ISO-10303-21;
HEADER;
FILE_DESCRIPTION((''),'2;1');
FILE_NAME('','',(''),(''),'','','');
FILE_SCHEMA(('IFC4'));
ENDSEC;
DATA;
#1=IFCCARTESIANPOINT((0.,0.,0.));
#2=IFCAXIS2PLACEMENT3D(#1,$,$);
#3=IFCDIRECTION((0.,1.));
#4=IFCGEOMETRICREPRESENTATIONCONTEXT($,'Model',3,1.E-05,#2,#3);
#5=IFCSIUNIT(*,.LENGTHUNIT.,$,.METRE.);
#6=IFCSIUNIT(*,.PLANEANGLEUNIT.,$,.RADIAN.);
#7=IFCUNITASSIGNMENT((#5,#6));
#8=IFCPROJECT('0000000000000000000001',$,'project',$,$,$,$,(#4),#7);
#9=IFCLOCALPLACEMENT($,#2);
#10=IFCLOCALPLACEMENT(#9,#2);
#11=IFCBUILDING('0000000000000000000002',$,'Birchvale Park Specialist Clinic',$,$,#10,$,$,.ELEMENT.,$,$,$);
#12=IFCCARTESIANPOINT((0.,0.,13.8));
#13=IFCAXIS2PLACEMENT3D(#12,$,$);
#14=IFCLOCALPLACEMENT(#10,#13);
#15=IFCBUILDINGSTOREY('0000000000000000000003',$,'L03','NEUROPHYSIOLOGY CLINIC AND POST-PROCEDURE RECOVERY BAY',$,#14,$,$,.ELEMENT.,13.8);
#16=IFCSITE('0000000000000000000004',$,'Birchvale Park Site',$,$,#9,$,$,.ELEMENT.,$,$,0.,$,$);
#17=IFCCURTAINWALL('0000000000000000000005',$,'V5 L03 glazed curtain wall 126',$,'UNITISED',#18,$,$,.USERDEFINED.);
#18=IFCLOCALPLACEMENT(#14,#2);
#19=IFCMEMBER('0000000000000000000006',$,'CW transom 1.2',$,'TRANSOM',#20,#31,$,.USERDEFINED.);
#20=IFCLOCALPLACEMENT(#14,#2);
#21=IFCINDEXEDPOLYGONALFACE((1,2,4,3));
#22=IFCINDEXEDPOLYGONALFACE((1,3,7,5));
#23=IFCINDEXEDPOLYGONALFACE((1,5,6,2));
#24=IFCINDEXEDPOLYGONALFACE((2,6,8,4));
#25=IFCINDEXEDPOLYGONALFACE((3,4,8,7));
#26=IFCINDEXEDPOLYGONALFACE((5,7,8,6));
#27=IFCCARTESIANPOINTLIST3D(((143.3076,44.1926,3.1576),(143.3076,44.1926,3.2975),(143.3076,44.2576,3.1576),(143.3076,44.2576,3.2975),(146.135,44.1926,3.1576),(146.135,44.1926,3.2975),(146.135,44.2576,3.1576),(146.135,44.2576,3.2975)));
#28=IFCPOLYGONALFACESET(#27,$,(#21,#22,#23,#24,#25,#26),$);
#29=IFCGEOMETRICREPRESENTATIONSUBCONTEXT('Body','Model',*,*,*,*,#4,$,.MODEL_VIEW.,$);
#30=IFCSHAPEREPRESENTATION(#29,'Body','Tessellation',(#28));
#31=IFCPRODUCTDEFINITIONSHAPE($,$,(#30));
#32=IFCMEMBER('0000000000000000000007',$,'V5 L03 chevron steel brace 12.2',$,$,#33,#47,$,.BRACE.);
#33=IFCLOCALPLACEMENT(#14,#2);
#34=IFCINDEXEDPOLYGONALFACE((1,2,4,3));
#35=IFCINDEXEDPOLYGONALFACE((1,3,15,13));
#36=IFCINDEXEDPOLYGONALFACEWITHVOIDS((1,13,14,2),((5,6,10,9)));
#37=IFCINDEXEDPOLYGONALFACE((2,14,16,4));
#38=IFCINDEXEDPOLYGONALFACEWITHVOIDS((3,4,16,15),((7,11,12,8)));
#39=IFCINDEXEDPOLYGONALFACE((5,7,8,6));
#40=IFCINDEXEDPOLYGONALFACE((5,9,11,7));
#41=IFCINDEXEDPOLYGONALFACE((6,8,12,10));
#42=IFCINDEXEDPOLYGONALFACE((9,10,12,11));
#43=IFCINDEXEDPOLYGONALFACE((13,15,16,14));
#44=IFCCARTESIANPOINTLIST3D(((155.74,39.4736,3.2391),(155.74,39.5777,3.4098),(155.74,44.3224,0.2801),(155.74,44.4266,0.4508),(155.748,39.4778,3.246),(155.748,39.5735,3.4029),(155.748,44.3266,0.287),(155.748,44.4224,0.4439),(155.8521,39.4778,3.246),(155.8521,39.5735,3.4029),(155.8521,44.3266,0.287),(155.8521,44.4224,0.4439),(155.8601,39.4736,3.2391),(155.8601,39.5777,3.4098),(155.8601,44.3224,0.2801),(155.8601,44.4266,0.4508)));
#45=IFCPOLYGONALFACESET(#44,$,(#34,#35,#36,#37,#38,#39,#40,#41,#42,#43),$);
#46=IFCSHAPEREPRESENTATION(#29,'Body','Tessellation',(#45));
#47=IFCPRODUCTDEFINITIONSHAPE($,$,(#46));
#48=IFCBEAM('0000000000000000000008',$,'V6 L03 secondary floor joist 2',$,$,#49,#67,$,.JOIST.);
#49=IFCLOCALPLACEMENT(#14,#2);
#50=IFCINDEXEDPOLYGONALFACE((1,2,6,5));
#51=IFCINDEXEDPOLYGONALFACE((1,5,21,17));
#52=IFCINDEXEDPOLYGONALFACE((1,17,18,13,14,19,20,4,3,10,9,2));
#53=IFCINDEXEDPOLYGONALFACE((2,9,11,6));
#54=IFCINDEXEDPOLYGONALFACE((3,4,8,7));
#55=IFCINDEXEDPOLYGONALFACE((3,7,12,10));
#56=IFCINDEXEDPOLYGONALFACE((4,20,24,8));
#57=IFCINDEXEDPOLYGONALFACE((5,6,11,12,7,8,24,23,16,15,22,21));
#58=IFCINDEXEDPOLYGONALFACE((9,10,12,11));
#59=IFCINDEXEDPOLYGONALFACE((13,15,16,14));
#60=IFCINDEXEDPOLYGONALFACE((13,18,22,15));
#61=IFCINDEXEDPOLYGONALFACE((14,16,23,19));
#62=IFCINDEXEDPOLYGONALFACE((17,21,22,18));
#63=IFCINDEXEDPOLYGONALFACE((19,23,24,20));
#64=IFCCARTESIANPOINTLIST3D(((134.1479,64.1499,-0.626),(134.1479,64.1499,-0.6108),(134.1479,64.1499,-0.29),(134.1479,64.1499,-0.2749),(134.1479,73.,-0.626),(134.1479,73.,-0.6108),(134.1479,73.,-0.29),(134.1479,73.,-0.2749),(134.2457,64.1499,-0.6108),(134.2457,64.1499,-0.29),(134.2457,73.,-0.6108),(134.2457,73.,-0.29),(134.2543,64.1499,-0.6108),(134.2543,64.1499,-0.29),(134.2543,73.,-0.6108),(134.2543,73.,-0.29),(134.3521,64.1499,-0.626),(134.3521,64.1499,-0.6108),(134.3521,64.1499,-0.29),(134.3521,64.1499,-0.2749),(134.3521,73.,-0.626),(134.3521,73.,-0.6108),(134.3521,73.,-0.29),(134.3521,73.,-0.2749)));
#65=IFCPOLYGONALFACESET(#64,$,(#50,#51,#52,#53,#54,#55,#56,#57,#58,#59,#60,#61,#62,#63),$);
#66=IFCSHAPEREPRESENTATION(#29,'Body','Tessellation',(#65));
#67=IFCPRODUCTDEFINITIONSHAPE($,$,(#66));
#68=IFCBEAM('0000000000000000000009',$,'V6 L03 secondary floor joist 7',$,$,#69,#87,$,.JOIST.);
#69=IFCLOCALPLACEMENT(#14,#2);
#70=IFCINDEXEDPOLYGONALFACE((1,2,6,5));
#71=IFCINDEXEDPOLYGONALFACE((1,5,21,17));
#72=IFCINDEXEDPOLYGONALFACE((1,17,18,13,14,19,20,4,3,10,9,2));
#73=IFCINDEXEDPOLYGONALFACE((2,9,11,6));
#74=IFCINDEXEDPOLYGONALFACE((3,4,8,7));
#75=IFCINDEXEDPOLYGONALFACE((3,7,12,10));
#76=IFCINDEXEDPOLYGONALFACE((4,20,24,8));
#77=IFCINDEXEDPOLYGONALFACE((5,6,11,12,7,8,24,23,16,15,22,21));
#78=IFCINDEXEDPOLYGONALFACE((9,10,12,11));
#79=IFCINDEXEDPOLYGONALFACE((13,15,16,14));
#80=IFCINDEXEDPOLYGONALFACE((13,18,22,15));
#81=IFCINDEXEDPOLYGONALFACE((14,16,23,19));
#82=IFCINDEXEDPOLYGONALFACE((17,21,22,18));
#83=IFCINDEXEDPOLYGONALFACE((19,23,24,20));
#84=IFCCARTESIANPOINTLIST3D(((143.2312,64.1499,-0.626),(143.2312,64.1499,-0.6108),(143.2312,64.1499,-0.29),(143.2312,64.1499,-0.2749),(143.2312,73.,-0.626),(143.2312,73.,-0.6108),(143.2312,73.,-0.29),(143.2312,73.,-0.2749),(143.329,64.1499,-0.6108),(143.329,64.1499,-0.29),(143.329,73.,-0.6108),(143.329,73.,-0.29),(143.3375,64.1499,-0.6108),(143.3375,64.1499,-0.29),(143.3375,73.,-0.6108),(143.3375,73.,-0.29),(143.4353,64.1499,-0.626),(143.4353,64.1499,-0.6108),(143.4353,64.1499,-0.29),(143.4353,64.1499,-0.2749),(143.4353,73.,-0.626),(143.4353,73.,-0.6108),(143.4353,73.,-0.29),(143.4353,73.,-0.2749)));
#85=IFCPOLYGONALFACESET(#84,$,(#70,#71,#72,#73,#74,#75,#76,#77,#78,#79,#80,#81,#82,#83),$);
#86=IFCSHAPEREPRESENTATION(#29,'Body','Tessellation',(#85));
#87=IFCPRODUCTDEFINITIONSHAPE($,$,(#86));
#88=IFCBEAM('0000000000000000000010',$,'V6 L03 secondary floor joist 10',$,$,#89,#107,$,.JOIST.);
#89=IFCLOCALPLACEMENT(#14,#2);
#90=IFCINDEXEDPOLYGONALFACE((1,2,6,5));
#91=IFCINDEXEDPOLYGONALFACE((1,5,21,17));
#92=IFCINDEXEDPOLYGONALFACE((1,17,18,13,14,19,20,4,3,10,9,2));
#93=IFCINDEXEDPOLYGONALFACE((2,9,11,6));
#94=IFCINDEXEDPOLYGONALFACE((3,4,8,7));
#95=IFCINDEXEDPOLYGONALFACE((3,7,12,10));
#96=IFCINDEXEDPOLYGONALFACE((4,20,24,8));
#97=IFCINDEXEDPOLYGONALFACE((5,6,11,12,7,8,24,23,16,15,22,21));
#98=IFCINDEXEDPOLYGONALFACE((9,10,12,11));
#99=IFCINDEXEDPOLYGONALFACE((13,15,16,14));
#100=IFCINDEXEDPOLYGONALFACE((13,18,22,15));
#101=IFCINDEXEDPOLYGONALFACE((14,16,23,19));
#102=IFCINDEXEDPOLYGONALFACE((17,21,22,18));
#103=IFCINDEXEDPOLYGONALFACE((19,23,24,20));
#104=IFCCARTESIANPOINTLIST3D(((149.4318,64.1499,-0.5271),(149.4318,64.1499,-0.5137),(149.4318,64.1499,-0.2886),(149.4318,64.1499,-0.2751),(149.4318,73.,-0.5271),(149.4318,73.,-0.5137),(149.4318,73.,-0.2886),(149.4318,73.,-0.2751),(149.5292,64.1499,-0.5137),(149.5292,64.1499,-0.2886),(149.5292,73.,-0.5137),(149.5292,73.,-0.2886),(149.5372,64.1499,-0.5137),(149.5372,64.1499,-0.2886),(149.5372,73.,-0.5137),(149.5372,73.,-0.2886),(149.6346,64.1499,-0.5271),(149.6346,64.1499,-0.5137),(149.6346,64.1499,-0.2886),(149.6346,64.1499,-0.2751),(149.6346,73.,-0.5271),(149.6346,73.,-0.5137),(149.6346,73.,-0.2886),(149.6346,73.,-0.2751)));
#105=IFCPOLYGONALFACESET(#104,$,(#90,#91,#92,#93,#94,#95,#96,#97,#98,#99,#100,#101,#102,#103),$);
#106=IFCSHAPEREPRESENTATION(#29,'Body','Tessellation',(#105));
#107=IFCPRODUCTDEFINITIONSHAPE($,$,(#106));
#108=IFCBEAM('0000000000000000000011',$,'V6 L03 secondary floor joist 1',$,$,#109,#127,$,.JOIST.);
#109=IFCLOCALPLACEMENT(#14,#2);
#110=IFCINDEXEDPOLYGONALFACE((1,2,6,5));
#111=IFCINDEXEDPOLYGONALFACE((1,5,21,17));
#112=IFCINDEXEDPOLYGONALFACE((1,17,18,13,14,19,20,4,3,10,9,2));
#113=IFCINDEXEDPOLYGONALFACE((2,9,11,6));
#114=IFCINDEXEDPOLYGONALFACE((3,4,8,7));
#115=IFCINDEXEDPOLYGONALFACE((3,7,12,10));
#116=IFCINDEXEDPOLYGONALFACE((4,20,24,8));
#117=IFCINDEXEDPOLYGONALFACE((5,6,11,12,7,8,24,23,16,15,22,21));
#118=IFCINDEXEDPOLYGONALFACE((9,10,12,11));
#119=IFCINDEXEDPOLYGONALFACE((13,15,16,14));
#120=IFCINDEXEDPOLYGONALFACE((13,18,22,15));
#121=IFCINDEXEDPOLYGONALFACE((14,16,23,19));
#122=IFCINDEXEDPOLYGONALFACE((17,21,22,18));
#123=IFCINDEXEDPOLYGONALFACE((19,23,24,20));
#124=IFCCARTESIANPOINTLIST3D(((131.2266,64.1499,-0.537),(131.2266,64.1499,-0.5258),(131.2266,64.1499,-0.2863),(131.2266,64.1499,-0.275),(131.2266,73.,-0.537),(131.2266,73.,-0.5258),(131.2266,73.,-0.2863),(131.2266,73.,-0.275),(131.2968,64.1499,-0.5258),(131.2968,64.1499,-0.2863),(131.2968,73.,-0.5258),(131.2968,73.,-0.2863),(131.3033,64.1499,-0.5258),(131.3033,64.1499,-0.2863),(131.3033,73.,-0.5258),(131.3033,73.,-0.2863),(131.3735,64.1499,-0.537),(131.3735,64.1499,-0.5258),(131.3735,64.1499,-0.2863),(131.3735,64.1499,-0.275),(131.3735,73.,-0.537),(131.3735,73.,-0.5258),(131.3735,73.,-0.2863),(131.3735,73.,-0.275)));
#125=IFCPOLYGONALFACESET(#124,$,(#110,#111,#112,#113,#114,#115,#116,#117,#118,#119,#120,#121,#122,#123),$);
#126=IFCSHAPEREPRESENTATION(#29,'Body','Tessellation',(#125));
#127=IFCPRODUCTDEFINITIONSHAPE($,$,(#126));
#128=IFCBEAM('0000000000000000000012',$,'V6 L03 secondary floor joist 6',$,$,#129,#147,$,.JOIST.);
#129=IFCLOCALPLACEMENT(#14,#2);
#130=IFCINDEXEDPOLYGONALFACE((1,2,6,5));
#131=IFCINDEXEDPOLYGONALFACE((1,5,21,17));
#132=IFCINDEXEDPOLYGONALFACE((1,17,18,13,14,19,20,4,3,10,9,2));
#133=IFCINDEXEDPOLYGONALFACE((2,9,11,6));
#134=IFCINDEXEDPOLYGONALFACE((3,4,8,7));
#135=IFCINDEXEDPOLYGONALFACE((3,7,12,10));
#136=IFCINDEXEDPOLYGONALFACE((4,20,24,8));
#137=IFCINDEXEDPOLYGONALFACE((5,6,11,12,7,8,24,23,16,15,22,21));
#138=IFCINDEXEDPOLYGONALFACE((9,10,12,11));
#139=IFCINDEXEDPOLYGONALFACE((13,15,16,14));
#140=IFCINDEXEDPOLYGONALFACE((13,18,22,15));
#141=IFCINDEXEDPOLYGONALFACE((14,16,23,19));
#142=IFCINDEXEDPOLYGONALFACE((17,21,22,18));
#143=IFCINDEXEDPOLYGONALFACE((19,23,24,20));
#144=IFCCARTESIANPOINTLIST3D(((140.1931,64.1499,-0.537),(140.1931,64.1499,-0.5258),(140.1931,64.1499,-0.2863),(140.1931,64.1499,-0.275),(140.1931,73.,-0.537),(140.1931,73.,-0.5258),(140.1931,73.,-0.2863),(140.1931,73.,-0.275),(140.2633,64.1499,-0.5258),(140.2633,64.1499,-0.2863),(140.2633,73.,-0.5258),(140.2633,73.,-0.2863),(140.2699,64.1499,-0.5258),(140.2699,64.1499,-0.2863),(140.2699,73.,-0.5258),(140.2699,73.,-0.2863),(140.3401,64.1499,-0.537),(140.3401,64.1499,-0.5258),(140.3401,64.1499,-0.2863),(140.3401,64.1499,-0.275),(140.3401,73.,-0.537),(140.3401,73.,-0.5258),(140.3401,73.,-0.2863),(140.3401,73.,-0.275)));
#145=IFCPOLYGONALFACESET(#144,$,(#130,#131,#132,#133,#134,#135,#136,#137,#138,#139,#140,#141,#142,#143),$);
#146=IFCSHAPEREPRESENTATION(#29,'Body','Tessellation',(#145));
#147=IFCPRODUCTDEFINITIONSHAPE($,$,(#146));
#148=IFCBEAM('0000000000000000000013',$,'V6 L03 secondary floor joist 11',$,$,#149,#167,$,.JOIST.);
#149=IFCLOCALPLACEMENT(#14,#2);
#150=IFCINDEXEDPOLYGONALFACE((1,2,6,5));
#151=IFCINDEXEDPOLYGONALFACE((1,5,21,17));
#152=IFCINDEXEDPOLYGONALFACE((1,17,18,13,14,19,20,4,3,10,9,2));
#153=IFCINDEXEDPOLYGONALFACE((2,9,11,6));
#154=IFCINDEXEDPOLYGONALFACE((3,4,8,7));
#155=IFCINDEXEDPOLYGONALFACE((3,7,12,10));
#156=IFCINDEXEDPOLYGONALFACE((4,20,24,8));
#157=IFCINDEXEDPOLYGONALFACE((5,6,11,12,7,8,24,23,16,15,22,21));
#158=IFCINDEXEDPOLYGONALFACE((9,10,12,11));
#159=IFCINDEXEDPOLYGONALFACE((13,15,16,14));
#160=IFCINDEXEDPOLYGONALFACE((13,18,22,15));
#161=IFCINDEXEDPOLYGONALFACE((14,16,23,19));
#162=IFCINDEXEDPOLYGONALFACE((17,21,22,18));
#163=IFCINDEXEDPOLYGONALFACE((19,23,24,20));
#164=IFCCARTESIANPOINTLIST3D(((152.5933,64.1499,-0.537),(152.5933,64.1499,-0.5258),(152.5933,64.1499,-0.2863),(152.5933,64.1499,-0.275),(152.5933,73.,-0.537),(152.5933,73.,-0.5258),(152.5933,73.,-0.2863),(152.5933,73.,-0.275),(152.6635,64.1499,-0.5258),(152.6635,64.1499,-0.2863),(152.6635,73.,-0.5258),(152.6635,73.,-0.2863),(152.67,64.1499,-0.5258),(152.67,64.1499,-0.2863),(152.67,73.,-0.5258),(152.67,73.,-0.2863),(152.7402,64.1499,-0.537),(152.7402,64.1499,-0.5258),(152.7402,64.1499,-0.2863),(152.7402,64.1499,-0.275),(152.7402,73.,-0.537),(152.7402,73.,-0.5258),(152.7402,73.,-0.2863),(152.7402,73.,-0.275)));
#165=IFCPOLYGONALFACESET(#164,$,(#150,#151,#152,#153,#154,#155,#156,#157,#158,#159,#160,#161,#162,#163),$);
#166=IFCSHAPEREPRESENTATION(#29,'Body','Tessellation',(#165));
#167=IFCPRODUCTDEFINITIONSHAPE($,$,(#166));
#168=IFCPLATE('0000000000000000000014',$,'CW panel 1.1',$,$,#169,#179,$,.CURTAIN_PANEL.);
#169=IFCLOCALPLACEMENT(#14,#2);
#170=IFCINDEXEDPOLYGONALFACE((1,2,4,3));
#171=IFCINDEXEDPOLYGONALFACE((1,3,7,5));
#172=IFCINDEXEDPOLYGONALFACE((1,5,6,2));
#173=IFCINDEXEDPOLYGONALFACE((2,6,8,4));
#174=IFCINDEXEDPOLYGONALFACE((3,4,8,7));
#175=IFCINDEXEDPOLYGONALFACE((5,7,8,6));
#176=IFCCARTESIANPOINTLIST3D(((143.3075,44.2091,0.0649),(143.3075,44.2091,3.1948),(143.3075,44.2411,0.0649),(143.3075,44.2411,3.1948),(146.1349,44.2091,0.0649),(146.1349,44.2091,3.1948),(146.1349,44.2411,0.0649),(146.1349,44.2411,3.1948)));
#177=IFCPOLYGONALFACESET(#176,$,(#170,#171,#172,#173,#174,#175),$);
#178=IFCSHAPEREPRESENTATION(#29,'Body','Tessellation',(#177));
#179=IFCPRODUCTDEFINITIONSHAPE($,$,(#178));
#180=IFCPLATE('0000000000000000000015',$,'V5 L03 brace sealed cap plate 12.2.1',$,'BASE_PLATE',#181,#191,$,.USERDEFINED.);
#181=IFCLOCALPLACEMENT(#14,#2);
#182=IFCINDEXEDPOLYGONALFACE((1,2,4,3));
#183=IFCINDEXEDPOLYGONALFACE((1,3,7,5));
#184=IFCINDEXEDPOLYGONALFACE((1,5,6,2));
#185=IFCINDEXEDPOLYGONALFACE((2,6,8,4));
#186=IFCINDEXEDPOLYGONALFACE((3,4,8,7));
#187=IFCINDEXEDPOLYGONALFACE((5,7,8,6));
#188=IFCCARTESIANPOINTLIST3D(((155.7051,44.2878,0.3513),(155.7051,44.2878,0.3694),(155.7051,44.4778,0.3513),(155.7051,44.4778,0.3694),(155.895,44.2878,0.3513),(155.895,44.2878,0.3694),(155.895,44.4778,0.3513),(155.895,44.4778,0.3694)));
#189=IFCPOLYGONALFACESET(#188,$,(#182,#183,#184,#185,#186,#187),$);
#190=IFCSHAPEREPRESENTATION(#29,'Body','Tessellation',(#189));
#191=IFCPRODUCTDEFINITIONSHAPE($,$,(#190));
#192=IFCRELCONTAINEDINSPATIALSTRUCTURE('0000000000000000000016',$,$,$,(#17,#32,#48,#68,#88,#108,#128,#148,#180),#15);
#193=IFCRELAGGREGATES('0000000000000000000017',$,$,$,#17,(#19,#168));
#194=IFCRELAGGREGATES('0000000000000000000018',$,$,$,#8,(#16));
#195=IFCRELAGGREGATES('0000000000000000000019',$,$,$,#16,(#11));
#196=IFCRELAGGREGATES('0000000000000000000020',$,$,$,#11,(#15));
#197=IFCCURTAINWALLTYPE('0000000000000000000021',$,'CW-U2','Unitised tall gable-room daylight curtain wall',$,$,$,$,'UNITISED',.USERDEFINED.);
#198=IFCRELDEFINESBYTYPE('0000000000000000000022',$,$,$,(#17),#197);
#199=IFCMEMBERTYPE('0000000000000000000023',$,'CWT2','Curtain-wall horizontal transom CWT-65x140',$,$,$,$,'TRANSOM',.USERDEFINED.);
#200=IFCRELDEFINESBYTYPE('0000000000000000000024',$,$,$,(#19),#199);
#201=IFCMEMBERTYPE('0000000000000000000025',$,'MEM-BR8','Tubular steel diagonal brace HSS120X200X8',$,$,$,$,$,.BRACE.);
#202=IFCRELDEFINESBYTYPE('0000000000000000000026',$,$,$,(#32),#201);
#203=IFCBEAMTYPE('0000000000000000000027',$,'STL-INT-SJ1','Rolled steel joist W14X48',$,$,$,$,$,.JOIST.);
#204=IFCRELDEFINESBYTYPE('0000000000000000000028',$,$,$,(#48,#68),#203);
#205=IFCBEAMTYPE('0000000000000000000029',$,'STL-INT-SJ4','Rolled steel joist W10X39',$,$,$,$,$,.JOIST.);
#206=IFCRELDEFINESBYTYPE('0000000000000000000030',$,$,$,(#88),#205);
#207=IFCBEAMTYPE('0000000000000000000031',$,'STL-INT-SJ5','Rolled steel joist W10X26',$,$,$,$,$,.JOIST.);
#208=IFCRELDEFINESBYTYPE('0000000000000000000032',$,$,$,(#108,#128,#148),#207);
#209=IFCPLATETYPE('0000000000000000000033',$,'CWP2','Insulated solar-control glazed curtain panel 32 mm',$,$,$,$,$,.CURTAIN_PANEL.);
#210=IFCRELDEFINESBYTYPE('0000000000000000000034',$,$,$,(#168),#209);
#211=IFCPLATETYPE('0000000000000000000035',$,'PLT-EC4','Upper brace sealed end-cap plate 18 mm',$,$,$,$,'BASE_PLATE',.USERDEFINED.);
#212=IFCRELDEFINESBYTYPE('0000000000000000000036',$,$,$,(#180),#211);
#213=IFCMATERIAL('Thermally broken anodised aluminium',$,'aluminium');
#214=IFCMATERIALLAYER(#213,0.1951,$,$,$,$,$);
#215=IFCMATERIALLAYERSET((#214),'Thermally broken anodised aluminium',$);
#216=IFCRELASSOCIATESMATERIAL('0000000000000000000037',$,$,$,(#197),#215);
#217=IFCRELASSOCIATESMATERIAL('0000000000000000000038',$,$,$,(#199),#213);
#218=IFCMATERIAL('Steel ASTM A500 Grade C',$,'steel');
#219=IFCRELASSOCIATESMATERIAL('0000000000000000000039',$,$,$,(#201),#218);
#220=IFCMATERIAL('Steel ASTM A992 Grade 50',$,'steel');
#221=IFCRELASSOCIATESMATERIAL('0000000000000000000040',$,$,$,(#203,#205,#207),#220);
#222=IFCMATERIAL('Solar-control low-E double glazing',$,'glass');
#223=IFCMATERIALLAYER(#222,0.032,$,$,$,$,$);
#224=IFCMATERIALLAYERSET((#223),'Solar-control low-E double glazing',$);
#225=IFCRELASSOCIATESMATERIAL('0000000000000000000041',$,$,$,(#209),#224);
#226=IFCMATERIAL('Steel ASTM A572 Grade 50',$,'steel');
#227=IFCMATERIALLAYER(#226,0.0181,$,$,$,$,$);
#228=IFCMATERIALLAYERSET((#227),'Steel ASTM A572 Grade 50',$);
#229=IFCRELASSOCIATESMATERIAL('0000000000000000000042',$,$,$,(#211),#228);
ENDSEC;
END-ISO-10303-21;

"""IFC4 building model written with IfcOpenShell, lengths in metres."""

from ifc_helpers import new_model, si_unit, direction, frame, origin, origin_2d, place, context, subcontext, project, spatial, rectangle, hollow_rectangle, i_section, extrude, material, layer, layer_set, material_profile, profile_set, type_object, element, aggregate, save


model = new_model("IFC4")

# Units and contexts
model_context = context("Model", 3, precision=1e-05, world=origin(), true_north=direction((0.0, 1.0)))
body_context = subcontext(model_context, "Body", "Model", "MODEL_VIEW")
ifc_project = project(units=[si_unit("LENGTHUNIT", "METRE"), si_unit("PLANEANGLEUNIT", "RADIAN")], contexts=[model_context])

# Site, building, storey
site_placement = place(None, origin())
site = spatial("IfcSite", under=ifc_project, at=site_placement, Name="Birchvale Park Site", CompositionType="ELEMENT", RefElevation=0.0)
building_placement = place(site_placement, origin())
building = spatial("IfcBuilding", under=site, at=building_placement, Name="Birchvale Park Specialist Clinic", CompositionType="ELEMENT")
storey_placement = place(building_placement, frame((0.0, 0.0, 13.8)))
storey = spatial("IfcBuildingStorey", under=building, at=storey_placement, Name="L03", Description="NEUROPHYSIOLOGY CLINIC AND POST-PROCEDURE RECOVERY BAY", CompositionType="ELEMENT", Elevation=13.8)

# Curtain wall, member
ifc_material_1 = material(Name="Thermally broken anodised aluminium", Category="aluminium")
ifc_layer_1 = layer(ifc_material_1, 0.1951)
ifc_layer_set_1 = layer_set([ifc_layer_1], Name="Thermally broken anodised aluminium")
curtain_wall_type = type_object("IfcCurtainWallType", Name="CW-U2", Description="Unitised tall gable-room daylight curtain wall", ElementType="UNITISED", PredefinedType="USERDEFINED", material=ifc_layer_set_1)
curtain_wall_placement = place(storey_placement, origin())
curtain_wall = element("IfcCurtainWall", 1, at=curtain_wall_placement, inside=storey, type_object=curtain_wall_type, Name="V5 L03 glazed curtain wall 126", ObjectType="UNITISED", PredefinedType="USERDEFINED")
ifc_material_profile_1 = material_profile(ifc_material_1, rectangle(XDim=0.0649, YDim=0.1399, at=origin_2d()), Name="CWT-65x140")
ifc_profile_set_1 = profile_set([ifc_material_profile_1], Name="Thermally broken anodised aluminium")
member_type_1 = type_object("IfcMemberType", Name="CWT2", Description="Curtain-wall horizontal transom CWT-65x140", ElementType="TRANSOM", PredefinedType="USERDEFINED", material=ifc_profile_set_1)
member_1_placement = place(storey_placement, frame((146.135, 44.2251, 3.2275), z_axis=(-1.0, 0.0, 0.0), x_axis=(0.0, -1.0, 0.0)))
member_1 = element("IfcMember", 2, at=member_1_placement, type_object=member_type_1, Name="CW transom 1.2", ObjectType="TRANSOM", PredefinedType="USERDEFINED", context=body_context, shape_type="SweptSolid", body=[
    extrude(rectangle(XDim=0.0649, YDim=0.1399, at=origin_2d()), origin(), (0.0, 0.0, 1.0), 2.8274),
])

# Member
ifc_material_2 = material(Name="Steel ASTM A500 Grade C", Category="steel")
ifc_material_profile_2 = material_profile(ifc_material_2, hollow_rectangle(XDim=0.1201, YDim=0.2, WallThickness=0.0081, at=origin_2d()), Name="HSS120X200X8")
ifc_profile_set_2 = profile_set([ifc_material_profile_2], Name="Steel ASTM A500 Grade C")
member_type_2 = type_object("IfcMemberType", Name="MEM-BR8", Description="Tubular steel diagonal brace HSS120X200X8", PredefinedType="BRACE", material=ifc_profile_set_2)
member_2_placement = place(storey_placement, frame((155.8, 44.3745, 0.3655), z_axis=(0.0, -0.853612, 0.520909), x_axis=(1.0, 0.0, 0.0)))
element("IfcMember", 3, at=member_2_placement, inside=storey, type_object=member_type_2, Name="V5 L03 chevron steel brace 12.2", PredefinedType="BRACE", context=body_context, shape_type="SweptSolid", body=[
    extrude(hollow_rectangle(XDim=0.1201, YDim=0.2, WallThickness=0.0081, at=origin_2d()), origin(), (0.0, 0.0, 1.0), 5.6804),
])

# Beams
ifc_material_3 = material(Name="Steel ASTM A992 Grade 50", Category="steel")
ifc_material_profile_3 = material_profile(ifc_material_3, i_section(OverallWidth=0.2041, OverallDepth=0.3511, WebThickness=0.0085, FlangeThickness=0.0151, at=origin_2d()), Name="W14X48")
ifc_profile_set_3 = profile_set([ifc_material_profile_3], Name="Steel ASTM A992 Grade 50")
beam_type_1 = type_object("IfcBeamType", Name="STL-INT-SJ1", Description="Rolled steel joist W14X48", PredefinedType="JOIST", material=ifc_profile_set_3)
for number, where, z_axis, x_axis, name in (
    (4, (134.25, 64.1499, -0.4504), (0.0, 1.0, 0.0), (-1.0, 0.0, 0.0), "V6 L03 secondary floor joist 2"),
    (5, (143.3333, 64.1499, -0.4504), (0.0, 1.0, 0.0), (-1.0, 0.0, 0.0), "V6 L03 secondary floor joist 7"),
):
    element("IfcBeam", number, at=place(storey_placement, frame(where, z_axis=z_axis, x_axis=x_axis)), inside=storey, type_object=beam_type_1, Name=name, PredefinedType="JOIST", context=body_context, shape_type="SweptSolid", body=[
        extrude(i_section(OverallWidth=0.2041, OverallDepth=0.3511, WebThickness=0.0085, FlangeThickness=0.0151, at=origin_2d()), origin(), (0.0, 0.0, 1.0), 8.8501),
    ])
ifc_material_profile_4 = material_profile(ifc_material_3, i_section(OverallWidth=0.2029, OverallDepth=0.252, WebThickness=0.0081, FlangeThickness=0.0134, at=origin_2d()), Name="W10X39")
ifc_profile_set_4 = profile_set([ifc_material_profile_4], Name="Steel ASTM A992 Grade 50")
beam_type_2 = type_object("IfcBeamType", Name="STL-INT-SJ4", Description="Rolled steel joist W10X39", PredefinedType="JOIST", material=ifc_profile_set_4)
beam_1_placement = place(storey_placement, frame((149.5332, 64.1499, -0.4011), z_axis=(0.0, 1.0, 0.0), x_axis=(-1.0, 0.0, 0.0)))
element("IfcBeam", 6, at=beam_1_placement, inside=storey, type_object=beam_type_2, Name="V6 L03 secondary floor joist 10", PredefinedType="JOIST", context=body_context, shape_type="SweptSolid", body=[
    extrude(i_section(OverallWidth=0.2029, OverallDepth=0.252, WebThickness=0.0081, FlangeThickness=0.0134, at=origin_2d()), origin(), (0.0, 0.0, 1.0), 8.8501),
])
ifc_material_profile_5 = material_profile(ifc_material_3, i_section(OverallWidth=0.147, OverallDepth=0.262, WebThickness=0.0066, FlangeThickness=0.0112, at=origin_2d()), Name="W10X26")
ifc_profile_set_5 = profile_set([ifc_material_profile_5], Name="Steel ASTM A992 Grade 50")
beam_type_3 = type_object("IfcBeamType", Name="STL-INT-SJ5", Description="Rolled steel joist W10X26", PredefinedType="JOIST", material=ifc_profile_set_5)
for number, where, z_axis, x_axis, name in (
    (7, (131.3, 64.1499, -0.406), (0.0, 1.0, 0.0), (-1.0, 0.0, 0.0), "V6 L03 secondary floor joist 1"),
    (8, (140.2666, 64.1499, -0.406), (0.0, 1.0, 0.0), (-1.0, 0.0, 0.0), "V6 L03 secondary floor joist 6"),
    (9, (152.6667, 64.1499, -0.406), (0.0, 1.0, 0.0), (-1.0, 0.0, 0.0), "V6 L03 secondary floor joist 11"),
):
    element("IfcBeam", number, at=place(storey_placement, frame(where, z_axis=z_axis, x_axis=x_axis)), inside=storey, type_object=beam_type_3, Name=name, PredefinedType="JOIST", context=body_context, shape_type="SweptSolid", body=[
        extrude(i_section(OverallWidth=0.147, OverallDepth=0.262, WebThickness=0.0066, FlangeThickness=0.0112, at=origin_2d()), origin(), (0.0, 0.0, 1.0), 8.8501),
    ])

# Plates
ifc_material_4 = material(Name="Solar-control low-E double glazing", Category="glass")
ifc_layer_2 = layer(ifc_material_4, 0.032)
ifc_layer_set_2 = layer_set([ifc_layer_2], Name="Solar-control low-E double glazing")
plate_type_1 = type_object("IfcPlateType", Name="CWP2", Description="Insulated solar-control glazed curtain panel 32 mm", PredefinedType="CURTAIN_PANEL", material=ifc_layer_set_2)
plate_1_placement = place(storey_placement, frame((144.7212, 44.2251, 0.0649), z_axis=(0.0, 0.0, 1.0), x_axis=(-1.0, 0.0, 0.0)))
plate_1 = element("IfcPlate", 10, at=plate_1_placement, type_object=plate_type_1, Name="CW panel 1.1", PredefinedType="CURTAIN_PANEL", context=body_context, shape_type="SweptSolid", body=[
    extrude(rectangle(XDim=2.8274, YDim=0.032, at=origin_2d()), origin(), (0.0, 0.0, 1.0), 3.1299),
])
aggregate(curtain_wall, [member_1, plate_1])
ifc_material_5 = material(Name="Steel ASTM A572 Grade 50", Category="steel")
ifc_layer_3 = layer(ifc_material_5, 0.0181)
ifc_layer_set_3 = layer_set([ifc_layer_3], Name="Steel ASTM A572 Grade 50")
plate_type_2 = type_object("IfcPlateType", Name="PLT-EC4", Description="Upper brace sealed end-cap plate 18 mm", ElementType="BASE_PLATE", PredefinedType="USERDEFINED", material=ifc_layer_set_3)
plate_2_placement = place(storey_placement, frame((155.8, 44.3828, 0.3513), z_axis=(0.0, 0.0, 1.0), x_axis=(1.0, 0.0, 0.0)))
element("IfcPlate", 11, at=plate_2_placement, inside=storey, type_object=plate_type_2, Name="V5 L03 brace sealed cap plate 12.2.1", ObjectType="BASE_PLATE", PredefinedType="USERDEFINED", context=body_context, shape_type="SweptSolid", body=[
    extrude(rectangle(XDim=0.1899, YDim=0.1899, at=origin_2d()), origin(), (0.0, 0.0, 1.0), 0.0181),
])

save(model, "model.ifc")
